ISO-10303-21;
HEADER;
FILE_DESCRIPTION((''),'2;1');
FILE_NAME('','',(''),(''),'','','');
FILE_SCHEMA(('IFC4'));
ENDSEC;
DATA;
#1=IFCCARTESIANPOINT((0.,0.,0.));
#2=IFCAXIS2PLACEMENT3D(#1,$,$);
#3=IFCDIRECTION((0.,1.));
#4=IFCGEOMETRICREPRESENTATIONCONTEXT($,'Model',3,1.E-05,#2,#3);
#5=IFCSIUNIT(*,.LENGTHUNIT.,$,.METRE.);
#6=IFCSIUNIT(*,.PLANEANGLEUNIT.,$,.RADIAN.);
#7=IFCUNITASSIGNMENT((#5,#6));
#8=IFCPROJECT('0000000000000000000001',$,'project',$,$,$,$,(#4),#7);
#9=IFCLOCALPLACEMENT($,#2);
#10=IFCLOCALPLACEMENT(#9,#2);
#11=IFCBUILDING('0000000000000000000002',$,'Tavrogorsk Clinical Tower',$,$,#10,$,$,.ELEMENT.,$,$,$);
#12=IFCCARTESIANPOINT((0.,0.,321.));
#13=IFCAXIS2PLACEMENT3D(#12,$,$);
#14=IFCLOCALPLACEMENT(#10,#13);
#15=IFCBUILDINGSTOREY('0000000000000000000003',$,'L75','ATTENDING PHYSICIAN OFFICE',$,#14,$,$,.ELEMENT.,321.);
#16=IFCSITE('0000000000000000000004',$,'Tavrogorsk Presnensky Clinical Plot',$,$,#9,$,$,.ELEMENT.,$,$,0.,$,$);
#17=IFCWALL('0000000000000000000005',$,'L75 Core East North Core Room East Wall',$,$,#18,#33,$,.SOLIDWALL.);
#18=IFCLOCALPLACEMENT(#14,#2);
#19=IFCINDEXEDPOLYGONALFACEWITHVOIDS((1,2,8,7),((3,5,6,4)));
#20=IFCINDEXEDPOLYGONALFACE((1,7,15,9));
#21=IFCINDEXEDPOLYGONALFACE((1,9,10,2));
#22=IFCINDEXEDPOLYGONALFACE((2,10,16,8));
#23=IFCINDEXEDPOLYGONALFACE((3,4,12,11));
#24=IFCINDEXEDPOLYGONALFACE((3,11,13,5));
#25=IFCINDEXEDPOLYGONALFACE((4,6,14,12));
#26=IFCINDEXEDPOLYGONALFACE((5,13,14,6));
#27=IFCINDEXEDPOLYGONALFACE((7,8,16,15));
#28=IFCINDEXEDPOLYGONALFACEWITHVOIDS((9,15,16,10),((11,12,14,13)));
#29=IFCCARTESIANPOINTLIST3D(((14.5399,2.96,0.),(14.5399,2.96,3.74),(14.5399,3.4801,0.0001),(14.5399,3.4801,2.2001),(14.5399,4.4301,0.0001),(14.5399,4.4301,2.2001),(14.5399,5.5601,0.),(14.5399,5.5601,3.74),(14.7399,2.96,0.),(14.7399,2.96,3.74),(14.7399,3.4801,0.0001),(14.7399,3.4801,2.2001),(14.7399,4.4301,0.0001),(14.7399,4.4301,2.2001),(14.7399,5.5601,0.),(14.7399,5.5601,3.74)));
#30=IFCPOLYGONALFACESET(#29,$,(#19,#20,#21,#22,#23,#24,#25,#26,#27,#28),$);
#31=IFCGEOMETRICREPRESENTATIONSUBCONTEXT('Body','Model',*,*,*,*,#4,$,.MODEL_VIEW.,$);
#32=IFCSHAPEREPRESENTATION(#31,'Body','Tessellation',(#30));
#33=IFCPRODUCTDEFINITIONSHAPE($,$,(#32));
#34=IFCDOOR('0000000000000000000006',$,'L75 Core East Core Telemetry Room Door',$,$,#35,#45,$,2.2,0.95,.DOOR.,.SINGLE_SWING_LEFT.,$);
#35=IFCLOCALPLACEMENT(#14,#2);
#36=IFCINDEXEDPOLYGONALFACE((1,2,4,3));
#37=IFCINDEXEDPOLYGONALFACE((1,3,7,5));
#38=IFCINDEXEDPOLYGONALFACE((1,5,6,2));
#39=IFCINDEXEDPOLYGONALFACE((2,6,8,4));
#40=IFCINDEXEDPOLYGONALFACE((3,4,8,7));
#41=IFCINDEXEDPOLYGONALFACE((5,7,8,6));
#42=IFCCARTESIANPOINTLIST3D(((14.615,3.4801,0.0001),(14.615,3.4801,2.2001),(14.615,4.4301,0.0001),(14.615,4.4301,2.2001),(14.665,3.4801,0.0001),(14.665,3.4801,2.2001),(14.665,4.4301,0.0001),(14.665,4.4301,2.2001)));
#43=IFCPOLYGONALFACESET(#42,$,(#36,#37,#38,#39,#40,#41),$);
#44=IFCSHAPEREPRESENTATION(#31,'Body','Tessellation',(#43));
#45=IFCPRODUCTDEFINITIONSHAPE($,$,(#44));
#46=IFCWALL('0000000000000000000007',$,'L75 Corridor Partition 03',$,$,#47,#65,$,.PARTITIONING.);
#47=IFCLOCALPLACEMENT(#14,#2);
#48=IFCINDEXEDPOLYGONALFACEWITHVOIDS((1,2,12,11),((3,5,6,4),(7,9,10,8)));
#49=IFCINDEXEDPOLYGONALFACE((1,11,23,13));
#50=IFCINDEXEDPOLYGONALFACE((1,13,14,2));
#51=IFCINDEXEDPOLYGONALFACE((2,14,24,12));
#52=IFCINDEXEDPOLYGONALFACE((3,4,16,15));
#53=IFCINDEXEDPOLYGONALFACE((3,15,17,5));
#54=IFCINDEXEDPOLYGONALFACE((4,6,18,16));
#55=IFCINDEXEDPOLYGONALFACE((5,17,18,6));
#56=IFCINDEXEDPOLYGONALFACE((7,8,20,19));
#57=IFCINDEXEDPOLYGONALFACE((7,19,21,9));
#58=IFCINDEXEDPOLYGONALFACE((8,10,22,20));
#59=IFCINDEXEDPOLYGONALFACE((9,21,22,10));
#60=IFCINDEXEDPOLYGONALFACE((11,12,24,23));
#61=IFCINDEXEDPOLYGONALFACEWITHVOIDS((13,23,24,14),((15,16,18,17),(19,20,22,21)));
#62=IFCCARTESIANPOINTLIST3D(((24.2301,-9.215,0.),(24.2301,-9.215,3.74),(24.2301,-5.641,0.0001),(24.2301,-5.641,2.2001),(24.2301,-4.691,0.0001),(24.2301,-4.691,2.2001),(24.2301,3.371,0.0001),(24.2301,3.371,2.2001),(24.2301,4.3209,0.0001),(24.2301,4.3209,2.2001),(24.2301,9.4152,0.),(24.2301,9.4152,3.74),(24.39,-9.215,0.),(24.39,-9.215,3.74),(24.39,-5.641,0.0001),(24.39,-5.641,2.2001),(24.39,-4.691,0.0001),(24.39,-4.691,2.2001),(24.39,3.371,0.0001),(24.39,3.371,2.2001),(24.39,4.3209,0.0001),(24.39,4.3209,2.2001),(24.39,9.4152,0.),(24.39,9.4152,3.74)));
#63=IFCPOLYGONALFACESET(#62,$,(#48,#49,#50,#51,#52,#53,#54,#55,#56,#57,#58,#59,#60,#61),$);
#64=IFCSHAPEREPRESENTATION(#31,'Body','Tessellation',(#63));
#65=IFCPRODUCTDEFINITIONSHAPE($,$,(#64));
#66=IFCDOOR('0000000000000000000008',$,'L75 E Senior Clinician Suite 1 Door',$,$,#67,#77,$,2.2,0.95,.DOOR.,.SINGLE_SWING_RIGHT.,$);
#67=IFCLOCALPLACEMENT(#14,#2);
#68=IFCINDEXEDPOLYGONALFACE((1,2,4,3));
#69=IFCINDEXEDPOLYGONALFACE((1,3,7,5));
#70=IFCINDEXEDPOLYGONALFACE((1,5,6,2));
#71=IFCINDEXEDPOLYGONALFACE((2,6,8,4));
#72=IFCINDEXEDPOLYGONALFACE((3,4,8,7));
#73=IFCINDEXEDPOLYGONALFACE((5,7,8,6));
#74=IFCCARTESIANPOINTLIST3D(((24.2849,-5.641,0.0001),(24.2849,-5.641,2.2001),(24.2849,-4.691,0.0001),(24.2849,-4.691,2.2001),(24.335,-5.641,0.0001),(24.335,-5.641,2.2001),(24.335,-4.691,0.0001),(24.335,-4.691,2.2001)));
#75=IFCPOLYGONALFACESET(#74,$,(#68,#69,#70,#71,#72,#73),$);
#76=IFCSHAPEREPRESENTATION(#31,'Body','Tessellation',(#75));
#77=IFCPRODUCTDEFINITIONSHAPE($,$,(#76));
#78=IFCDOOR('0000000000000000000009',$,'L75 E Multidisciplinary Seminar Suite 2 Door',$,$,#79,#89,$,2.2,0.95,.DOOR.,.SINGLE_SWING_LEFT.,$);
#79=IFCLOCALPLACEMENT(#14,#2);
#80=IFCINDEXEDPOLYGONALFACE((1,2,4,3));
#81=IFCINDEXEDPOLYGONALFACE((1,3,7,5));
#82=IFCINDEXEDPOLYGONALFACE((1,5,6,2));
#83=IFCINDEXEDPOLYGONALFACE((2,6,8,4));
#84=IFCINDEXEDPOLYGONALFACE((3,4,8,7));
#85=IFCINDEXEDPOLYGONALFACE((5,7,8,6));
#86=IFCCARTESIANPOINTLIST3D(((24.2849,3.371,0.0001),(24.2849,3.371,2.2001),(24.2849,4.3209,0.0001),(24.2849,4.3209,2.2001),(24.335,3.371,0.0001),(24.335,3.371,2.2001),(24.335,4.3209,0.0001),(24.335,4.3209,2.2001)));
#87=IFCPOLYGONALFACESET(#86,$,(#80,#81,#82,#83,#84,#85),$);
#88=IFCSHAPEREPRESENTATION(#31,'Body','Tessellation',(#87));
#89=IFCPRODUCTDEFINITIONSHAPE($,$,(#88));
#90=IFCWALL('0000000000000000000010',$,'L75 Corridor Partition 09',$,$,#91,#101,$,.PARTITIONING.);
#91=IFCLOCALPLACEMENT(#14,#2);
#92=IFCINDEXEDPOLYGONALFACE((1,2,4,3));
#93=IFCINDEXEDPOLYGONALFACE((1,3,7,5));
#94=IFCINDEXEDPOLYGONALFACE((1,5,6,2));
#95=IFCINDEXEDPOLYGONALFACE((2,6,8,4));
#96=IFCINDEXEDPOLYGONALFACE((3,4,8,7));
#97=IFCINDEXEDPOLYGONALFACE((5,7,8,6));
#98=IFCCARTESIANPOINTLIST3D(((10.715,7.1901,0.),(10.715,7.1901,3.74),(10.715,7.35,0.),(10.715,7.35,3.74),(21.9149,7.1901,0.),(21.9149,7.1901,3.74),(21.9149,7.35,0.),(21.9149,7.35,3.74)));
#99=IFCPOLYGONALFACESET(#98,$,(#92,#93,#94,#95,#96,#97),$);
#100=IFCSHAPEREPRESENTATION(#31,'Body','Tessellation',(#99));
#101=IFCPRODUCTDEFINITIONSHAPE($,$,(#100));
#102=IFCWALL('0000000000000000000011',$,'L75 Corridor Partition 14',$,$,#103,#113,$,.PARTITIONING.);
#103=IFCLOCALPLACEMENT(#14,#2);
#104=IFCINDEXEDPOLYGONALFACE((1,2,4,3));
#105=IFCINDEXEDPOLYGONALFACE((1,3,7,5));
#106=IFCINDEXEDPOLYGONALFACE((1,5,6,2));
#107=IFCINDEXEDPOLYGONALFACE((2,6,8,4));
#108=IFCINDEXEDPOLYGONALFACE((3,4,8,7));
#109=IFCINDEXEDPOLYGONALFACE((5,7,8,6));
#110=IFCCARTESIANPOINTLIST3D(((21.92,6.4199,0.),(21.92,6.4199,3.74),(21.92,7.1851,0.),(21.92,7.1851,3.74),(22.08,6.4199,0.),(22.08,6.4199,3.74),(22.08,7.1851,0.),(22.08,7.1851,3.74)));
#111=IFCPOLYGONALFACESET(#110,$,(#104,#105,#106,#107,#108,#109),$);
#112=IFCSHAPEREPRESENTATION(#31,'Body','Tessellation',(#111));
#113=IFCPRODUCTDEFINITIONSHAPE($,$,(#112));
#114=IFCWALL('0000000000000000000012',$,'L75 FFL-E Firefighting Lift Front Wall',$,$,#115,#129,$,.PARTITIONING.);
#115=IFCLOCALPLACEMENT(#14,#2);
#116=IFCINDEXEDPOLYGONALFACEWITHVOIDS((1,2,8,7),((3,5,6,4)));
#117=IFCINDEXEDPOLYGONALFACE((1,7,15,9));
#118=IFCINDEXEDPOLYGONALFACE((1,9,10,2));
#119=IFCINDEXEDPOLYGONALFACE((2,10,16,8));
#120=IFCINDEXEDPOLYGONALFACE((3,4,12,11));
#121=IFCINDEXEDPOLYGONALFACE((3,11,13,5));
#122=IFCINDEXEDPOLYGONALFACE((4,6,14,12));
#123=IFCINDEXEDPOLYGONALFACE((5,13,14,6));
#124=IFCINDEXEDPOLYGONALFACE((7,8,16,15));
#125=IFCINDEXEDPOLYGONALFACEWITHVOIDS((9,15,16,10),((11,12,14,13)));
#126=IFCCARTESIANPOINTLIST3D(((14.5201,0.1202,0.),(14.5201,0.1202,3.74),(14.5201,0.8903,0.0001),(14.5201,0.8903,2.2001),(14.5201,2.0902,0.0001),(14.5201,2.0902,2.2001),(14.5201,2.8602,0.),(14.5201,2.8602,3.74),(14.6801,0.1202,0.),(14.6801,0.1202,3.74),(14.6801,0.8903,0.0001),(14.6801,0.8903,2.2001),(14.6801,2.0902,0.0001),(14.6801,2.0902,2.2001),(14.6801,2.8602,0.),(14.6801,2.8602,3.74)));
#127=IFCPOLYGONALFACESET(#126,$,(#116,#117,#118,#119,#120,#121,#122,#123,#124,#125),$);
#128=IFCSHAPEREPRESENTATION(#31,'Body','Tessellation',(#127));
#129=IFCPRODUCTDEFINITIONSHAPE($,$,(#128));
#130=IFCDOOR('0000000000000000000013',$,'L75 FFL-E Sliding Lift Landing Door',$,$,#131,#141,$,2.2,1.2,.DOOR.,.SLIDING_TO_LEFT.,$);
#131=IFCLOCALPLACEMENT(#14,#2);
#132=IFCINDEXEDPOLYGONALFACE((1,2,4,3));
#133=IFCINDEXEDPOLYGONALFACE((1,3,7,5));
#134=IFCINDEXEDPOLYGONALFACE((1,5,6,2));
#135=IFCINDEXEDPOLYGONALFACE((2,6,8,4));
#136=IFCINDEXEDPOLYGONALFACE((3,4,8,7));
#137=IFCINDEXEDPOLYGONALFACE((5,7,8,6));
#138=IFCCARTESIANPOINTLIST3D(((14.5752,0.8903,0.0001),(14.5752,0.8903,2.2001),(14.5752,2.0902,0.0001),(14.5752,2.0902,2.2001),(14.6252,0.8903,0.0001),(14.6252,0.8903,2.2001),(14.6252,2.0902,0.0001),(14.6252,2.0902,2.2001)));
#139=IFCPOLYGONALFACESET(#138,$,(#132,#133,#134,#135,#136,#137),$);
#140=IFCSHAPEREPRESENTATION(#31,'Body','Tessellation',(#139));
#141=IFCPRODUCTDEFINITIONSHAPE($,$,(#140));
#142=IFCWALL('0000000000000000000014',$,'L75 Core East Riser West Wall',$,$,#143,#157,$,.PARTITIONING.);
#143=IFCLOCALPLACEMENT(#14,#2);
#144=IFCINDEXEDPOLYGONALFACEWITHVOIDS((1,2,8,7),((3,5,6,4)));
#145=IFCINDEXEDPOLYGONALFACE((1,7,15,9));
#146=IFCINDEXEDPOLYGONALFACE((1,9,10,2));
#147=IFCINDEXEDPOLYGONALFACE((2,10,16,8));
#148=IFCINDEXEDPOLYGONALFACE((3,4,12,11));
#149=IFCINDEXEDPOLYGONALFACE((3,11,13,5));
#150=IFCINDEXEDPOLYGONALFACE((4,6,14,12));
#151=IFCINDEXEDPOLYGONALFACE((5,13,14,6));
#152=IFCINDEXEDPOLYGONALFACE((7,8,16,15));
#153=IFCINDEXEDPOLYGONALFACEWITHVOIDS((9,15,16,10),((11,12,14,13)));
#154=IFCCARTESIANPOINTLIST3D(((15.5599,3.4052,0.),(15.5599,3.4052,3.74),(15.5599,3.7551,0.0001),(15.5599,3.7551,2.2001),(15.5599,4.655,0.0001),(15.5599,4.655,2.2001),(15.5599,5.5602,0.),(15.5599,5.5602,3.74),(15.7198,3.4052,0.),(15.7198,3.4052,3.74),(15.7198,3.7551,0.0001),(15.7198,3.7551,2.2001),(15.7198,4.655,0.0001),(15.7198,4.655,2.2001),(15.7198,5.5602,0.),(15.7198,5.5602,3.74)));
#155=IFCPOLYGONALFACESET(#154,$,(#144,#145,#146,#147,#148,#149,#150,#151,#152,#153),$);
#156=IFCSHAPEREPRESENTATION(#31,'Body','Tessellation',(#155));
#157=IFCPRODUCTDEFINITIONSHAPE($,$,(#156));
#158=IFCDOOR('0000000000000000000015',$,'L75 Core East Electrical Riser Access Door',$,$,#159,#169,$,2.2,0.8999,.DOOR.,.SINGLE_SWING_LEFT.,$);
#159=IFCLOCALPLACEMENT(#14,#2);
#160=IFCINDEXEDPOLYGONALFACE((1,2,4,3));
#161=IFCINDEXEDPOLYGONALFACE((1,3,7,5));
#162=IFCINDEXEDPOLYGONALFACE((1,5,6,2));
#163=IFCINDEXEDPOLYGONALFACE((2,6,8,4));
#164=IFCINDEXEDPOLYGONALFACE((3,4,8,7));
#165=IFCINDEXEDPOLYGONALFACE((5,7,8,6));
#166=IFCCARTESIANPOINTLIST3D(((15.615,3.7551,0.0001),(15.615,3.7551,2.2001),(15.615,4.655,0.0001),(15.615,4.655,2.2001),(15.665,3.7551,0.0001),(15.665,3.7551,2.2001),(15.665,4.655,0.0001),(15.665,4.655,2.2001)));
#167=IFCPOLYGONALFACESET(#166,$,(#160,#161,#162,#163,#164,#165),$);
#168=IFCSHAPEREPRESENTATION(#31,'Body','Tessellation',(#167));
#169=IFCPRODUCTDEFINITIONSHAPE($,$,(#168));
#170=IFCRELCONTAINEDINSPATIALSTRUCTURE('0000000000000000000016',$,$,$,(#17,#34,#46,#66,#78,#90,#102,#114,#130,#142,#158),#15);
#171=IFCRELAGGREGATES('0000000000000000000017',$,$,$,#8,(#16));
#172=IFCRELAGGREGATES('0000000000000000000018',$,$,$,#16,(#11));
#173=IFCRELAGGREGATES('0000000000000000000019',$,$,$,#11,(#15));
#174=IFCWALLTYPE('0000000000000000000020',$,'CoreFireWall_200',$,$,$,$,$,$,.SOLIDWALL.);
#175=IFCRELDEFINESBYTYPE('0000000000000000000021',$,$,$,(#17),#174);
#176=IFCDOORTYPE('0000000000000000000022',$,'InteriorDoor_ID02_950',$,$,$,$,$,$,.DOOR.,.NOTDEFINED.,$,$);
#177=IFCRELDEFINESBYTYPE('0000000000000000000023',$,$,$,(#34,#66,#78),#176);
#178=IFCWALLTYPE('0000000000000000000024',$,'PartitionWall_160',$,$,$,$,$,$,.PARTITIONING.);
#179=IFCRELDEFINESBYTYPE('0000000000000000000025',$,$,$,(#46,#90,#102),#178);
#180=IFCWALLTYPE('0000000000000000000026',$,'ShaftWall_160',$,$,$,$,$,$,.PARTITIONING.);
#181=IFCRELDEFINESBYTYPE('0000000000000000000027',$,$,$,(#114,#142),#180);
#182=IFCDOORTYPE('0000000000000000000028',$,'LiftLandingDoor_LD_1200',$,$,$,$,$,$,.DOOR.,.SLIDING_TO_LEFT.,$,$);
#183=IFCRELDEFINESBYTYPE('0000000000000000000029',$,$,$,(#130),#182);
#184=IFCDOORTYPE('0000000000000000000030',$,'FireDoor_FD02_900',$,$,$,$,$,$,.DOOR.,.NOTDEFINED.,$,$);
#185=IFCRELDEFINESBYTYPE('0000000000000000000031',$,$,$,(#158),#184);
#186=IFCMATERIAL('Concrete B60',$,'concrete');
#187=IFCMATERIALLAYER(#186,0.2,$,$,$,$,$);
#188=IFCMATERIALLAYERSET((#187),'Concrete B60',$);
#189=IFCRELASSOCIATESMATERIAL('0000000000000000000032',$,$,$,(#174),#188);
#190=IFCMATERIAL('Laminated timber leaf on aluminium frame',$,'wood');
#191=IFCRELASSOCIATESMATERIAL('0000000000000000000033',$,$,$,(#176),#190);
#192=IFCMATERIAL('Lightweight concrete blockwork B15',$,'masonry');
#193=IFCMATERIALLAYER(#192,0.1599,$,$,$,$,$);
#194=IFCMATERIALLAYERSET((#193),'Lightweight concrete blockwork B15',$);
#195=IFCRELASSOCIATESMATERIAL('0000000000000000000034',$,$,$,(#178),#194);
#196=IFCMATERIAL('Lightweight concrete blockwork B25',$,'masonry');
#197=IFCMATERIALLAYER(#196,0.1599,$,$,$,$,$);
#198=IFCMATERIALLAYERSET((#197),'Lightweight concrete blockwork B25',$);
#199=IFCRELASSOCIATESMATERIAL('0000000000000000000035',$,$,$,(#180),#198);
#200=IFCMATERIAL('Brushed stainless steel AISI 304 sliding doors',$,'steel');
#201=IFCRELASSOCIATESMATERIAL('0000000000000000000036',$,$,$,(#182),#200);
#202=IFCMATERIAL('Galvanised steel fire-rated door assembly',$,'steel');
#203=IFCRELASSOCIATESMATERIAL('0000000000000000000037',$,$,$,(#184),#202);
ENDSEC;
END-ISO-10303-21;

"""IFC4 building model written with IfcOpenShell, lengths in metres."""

from ifc_helpers import new_model, si_unit, direction, frame, frame_2d, origin, place, context, subcontext, project, spatial, rectangle, extrude, material, layer, layer_set, type_object, element, fill, save


model = new_model("IFC4")

# Units and contexts
model_context = context("Model", 3, precision=1e-05, world=origin(), true_north=direction((0.0, 1.0)))
body_context = subcontext(model_context, "Body", "Model", "MODEL_VIEW")
ifc_project = project(units=[si_unit("LENGTHUNIT", "METRE"), si_unit("PLANEANGLEUNIT", "RADIAN")], contexts=[model_context])

# Site, building, storey
site_placement = place(None, origin())
site = spatial("IfcSite", under=ifc_project, at=site_placement, Name="Tavrogorsk Presnensky Clinical Plot", CompositionType="ELEMENT", RefElevation=0.0)
building_placement = place(site_placement, origin())
building = spatial("IfcBuilding", under=site, at=building_placement, Name="Tavrogorsk Clinical Tower", CompositionType="ELEMENT")
storey_placement = place(building_placement, frame((0.0, 0.0, 321.0)))
storey = spatial("IfcBuildingStorey", under=building, at=storey_placement, Name="L75", Description="ATTENDING PHYSICIAN OFFICE", CompositionType="ELEMENT", Elevation=321.0)

# Wall, opening, door
ifc_material_1 = material(Name="Concrete B60", Category="concrete")
ifc_layer_1 = layer(ifc_material_1, 0.2)
ifc_layer_set_1 = layer_set([ifc_layer_1], Name="Concrete B60")
wall_type_1 = type_object("IfcWallType", Name="CoreFireWall_200", PredefinedType="SOLIDWALL", material=ifc_layer_set_1)
wall_1_placement = place(storey_placement, frame((14.6399, 2.96, 0.0), z_axis=(0.0, 0.0, 1.0), x_axis=(0.0, 1.0, 0.0)))
wall_1 = element("IfcWall", 1, at=wall_1_placement, inside=storey, type_object=wall_type_1, Name="L75 Core East North Core Room East Wall", PredefinedType="SOLIDWALL", context=body_context, shape_type="SweptSolid", body=[
    extrude(rectangle(XDim=2.6001, YDim=0.2, at=frame_2d((1.3, 0.0))), origin(), (0.0, 0.0, 1.0), 3.74),
])
opening_1_placement = place(wall_1_placement, frame((0.52, 0.0, 0.0)))
opening_1 = element("IfcOpeningElement", 2, at=opening_1_placement, cuts=wall_1, PredefinedType="OPENING", context=body_context, shape_type="SweptSolid", body=[
    extrude(rectangle(XDim=0.95, YDim=2.2, at=frame_2d((0.4751, 1.1001))), frame((0.0, 0.1099, 0.0), z_axis=(0.0, -1.0, 0.0), x_axis=(1.0, 0.0, 0.0)), (0.0, 0.0, 1.0), 0.22),
])
ifc_material_2 = material(Name="Laminated timber leaf on aluminium frame", Category="wood")
door_type_1 = type_object("IfcDoorType", Name="InteriorDoor_ID02_950", OperationType="NOTDEFINED", PredefinedType="DOOR", material=ifc_material_2)
door_1_placement = place(opening_1_placement, origin())
door_1 = element("IfcDoor", 3, at=door_1_placement, inside=storey, type_object=door_type_1, Name="L75 Core East Core Telemetry Room Door", OperationType="SINGLE_SWING_LEFT", OverallHeight=2.2, OverallWidth=0.95, PredefinedType="DOOR", context=body_context, shape_type="SweptSolid", body=[
    extrude(rectangle(XDim=0.95, YDim=2.2, at=frame_2d((0.4751, 1.1001))), frame((0.0, 0.0249, 0.0), z_axis=(0.0, -1.0, 0.0), x_axis=(1.0, 0.0, 0.0)), (0.0, 0.0, 1.0), 0.05),
])
fill(opening_1, door_1)

# Wall, openings, doors
ifc_material_3 = material(Name="Lightweight concrete blockwork B15", Category="masonry")
ifc_layer_2 = layer(ifc_material_3, 0.1599)
ifc_layer_set_2 = layer_set([ifc_layer_2], Name="Lightweight concrete blockwork B15")
wall_type_2 = type_object("IfcWallType", Name="PartitionWall_160", PredefinedType="PARTITIONING", material=ifc_layer_set_2)
wall_2_placement = place(storey_placement, frame((24.3101, 9.415, 0.0), z_axis=(0.0, 0.0, 1.0), x_axis=(0.0, -1.0, 0.0)))
wall_2 = element("IfcWall", 4, at=wall_2_placement, inside=storey, type_object=wall_type_2, Name="L75 Corridor Partition 03", PredefinedType="PARTITIONING", context=body_context, shape_type="SweptSolid", body=[
    extrude(rectangle(XDim=18.6301, YDim=0.1599, at=frame_2d((9.3149, 0.0))), origin(), (0.0, 0.0, 1.0), 3.74),
])
opening_2_placement = place(wall_2_placement, frame((14.106, 0.0, 0.0)))
opening_2 = element("IfcOpeningElement", 5, at=opening_2_placement, cuts=wall_2, PredefinedType="OPENING", context=body_context, shape_type="SweptSolid", body=[
    extrude(rectangle(XDim=0.95, YDim=2.2, at=frame_2d((0.4751, 1.1001))), frame((0.0, 0.0898, 0.0), z_axis=(0.0, -1.0, 0.0), x_axis=(1.0, 0.0, 0.0)), (0.0, 0.0, 1.0), 0.1799),
])
opening_3_placement = place(wall_2_placement, frame((5.094, 0.0, 0.0)))
opening_3 = element("IfcOpeningElement", 6, at=opening_3_placement, cuts=wall_2, PredefinedType="OPENING", context=body_context, shape_type="SweptSolid", body=[
    extrude(rectangle(XDim=0.95, YDim=2.2, at=frame_2d((0.4751, 1.1001))), frame((0.0, 0.0898, 0.0), z_axis=(0.0, -1.0, 0.0), x_axis=(1.0, 0.0, 0.0)), (0.0, 0.0, 1.0), 0.1799),
])
door_2_placement = place(opening_2_placement, origin())
door_2 = element("IfcDoor", 7, at=door_2_placement, inside=storey, type_object=door_type_1, Name="L75 E Senior Clinician Suite 1 Door", OperationType="SINGLE_SWING_RIGHT", OverallHeight=2.2, OverallWidth=0.95, PredefinedType="DOOR", context=body_context, shape_type="SweptSolid", body=[
    extrude(rectangle(XDim=0.95, YDim=2.2, at=frame_2d((0.4751, 1.1001))), frame((0.0, 0.0249, 0.0), z_axis=(0.0, -1.0, 0.0), x_axis=(1.0, 0.0, 0.0)), (0.0, 0.0, 1.0), 0.05),
])
fill(opening_2, door_2)
door_3_placement = place(opening_3_placement, origin())
door_3 = element("IfcDoor", 8, at=door_3_placement, inside=storey, type_object=door_type_1, Name="L75 E Multidisciplinary Seminar Suite 2 Door", OperationType="SINGLE_SWING_LEFT", OverallHeight=2.2, OverallWidth=0.95, PredefinedType="DOOR", context=body_context, shape_type="SweptSolid", body=[
    extrude(rectangle(XDim=0.95, YDim=2.2, at=frame_2d((0.4751, 1.1001))), frame((0.0, 0.0249, 0.0), z_axis=(0.0, -1.0, 0.0), x_axis=(1.0, 0.0, 0.0)), (0.0, 0.0, 1.0), 0.05),
])
fill(opening_3, door_3)

# Walls
wall_3_placement = place(storey_placement, frame((21.915, 7.27, 0.0), z_axis=(0.0, 0.0, 1.0), x_axis=(-1.0, 0.0, 0.0)))
element("IfcWall", 9, at=wall_3_placement, inside=storey, type_object=wall_type_2, Name="L75 Corridor Partition 09", PredefinedType="PARTITIONING", context=body_context, shape_type="SweptSolid", body=[
    extrude(rectangle(XDim=11.2, YDim=0.1599, at=frame_2d((5.6001, 0.0))), origin(), (0.0, 0.0, 1.0), 3.74),
])
wall_4_placement = place(storey_placement, frame((22.0, 6.4199, 0.0), z_axis=(0.0, 0.0, 1.0), x_axis=(0.0, 1.0, 0.0)))
element("IfcWall", 10, at=wall_4_placement, inside=storey, type_object=wall_type_2, Name="L75 Corridor Partition 14", PredefinedType="PARTITIONING", context=body_context, shape_type="SweptSolid", body=[
    extrude(rectangle(XDim=0.7651, YDim=0.1599, at=frame_2d((0.3826, 0.0))), origin(), (0.0, 0.0, 1.0), 3.74),
])

# Walls, openings, doors
ifc_material_4 = material(Name="Lightweight concrete blockwork B25", Category="masonry")
ifc_layer_3 = layer(ifc_material_4, 0.1599)
ifc_layer_set_3 = layer_set([ifc_layer_3], Name="Lightweight concrete blockwork B25")
wall_type_3 = type_object("IfcWallType", Name="ShaftWall_160", PredefinedType="PARTITIONING", material=ifc_layer_set_3)
wall_5_placement = place(storey_placement, frame((14.6001, 0.1201, 0.0), z_axis=(0.0, 0.0, 1.0), x_axis=(0.0, 1.0, 0.0)))
wall_5 = element("IfcWall", 11, at=wall_5_placement, inside=storey, type_object=wall_type_3, Name="L75 FFL-E Firefighting Lift Front Wall", PredefinedType="PARTITIONING", context=body_context, shape_type="SweptSolid", body=[
    extrude(rectangle(XDim=2.74, YDim=0.1599, at=frame_2d((1.3701, 0.0))), origin(), (0.0, 0.0, 1.0), 3.74),
])
opening_4_placement = place(wall_5_placement, frame((0.77, 0.0, 0.0)))
opening_4 = element("IfcOpeningElement", 12, at=opening_4_placement, cuts=wall_5, PredefinedType="OPENING", context=body_context, shape_type="SweptSolid", body=[
    extrude(rectangle(XDim=1.2, YDim=2.2, at=frame_2d((0.6001, 1.1001))), frame((0.0, 0.0898, 0.0), z_axis=(0.0, -1.0, 0.0), x_axis=(1.0, 0.0, 0.0)), (0.0, 0.0, 1.0), 0.1799),
])
ifc_material_5 = material(Name="Brushed stainless steel AISI 304 sliding doors", Category="steel")
door_type_2 = type_object("IfcDoorType", Name="LiftLandingDoor_LD_1200", OperationType="SLIDING_TO_LEFT", PredefinedType="DOOR", material=ifc_material_5)
door_4_placement = place(opening_4_placement, origin())
door_4 = element("IfcDoor", 13, at=door_4_placement, inside=storey, type_object=door_type_2, Name="L75 FFL-E Sliding Lift Landing Door", OperationType="SLIDING_TO_LEFT", OverallHeight=2.2, OverallWidth=1.2, PredefinedType="DOOR", context=body_context, shape_type="SweptSolid", body=[
    extrude(rectangle(XDim=1.2, YDim=2.2, at=frame_2d((0.6001, 1.1001))), frame((0.0, 0.0249, 0.0), z_axis=(0.0, -1.0, 0.0), x_axis=(1.0, 0.0, 0.0)), (0.0, 0.0, 1.0), 0.05),
])
fill(opening_4, door_4)
wall_6_placement = place(storey_placement, frame((15.6399, 3.405, 0.0), z_axis=(0.0, 0.0, 1.0), x_axis=(0.0, 1.0, 0.0)))
wall_6 = element("IfcWall", 14, at=wall_6_placement, inside=storey, type_object=wall_type_3, Name="L75 Core East Riser West Wall", PredefinedType="PARTITIONING", context=body_context, shape_type="SweptSolid", body=[
    extrude(rectangle(XDim=2.155, YDim=0.1599, at=frame_2d((1.0776, 0.0))), origin(), (0.0, 0.0, 1.0), 3.74),
])
opening_5_placement = place(wall_6_placement, frame((0.3501, 0.0, 0.0)))
opening_5 = element("IfcOpeningElement", 15, at=opening_5_placement, cuts=wall_6, PredefinedType="OPENING", context=body_context, shape_type="SweptSolid", body=[
    extrude(rectangle(XDim=0.8999, YDim=2.2, at=frame_2d((0.45, 1.1001))), frame((0.0, 0.0898, 0.0), z_axis=(0.0, -1.0, 0.0), x_axis=(1.0, 0.0, 0.0)), (0.0, 0.0, 1.0), 0.1799),
])
ifc_material_6 = material(Name="Galvanised steel fire-rated door assembly", Category="steel")
door_type_3 = type_object("IfcDoorType", Name="FireDoor_FD02_900", OperationType="NOTDEFINED", PredefinedType="DOOR", material=ifc_material_6)
door_5_placement = place(opening_5_placement, origin())
door_5 = element("IfcDoor", 16, at=door_5_placement, inside=storey, type_object=door_type_3, Name="L75 Core East Electrical Riser Access Door", OperationType="SINGLE_SWING_LEFT", OverallHeight=2.2, OverallWidth=0.8999, PredefinedType="DOOR", context=body_context, shape_type="SweptSolid", body=[
    extrude(rectangle(XDim=0.8999, YDim=2.2, at=frame_2d((0.45, 1.1001))), frame((0.0, 0.0249, 0.0), z_axis=(0.0, -1.0, 0.0), x_axis=(1.0, 0.0, 0.0)), (0.0, 0.0, 1.0), 0.05),
])
fill(opening_5, door_5)

save(model, "model.ifc")
